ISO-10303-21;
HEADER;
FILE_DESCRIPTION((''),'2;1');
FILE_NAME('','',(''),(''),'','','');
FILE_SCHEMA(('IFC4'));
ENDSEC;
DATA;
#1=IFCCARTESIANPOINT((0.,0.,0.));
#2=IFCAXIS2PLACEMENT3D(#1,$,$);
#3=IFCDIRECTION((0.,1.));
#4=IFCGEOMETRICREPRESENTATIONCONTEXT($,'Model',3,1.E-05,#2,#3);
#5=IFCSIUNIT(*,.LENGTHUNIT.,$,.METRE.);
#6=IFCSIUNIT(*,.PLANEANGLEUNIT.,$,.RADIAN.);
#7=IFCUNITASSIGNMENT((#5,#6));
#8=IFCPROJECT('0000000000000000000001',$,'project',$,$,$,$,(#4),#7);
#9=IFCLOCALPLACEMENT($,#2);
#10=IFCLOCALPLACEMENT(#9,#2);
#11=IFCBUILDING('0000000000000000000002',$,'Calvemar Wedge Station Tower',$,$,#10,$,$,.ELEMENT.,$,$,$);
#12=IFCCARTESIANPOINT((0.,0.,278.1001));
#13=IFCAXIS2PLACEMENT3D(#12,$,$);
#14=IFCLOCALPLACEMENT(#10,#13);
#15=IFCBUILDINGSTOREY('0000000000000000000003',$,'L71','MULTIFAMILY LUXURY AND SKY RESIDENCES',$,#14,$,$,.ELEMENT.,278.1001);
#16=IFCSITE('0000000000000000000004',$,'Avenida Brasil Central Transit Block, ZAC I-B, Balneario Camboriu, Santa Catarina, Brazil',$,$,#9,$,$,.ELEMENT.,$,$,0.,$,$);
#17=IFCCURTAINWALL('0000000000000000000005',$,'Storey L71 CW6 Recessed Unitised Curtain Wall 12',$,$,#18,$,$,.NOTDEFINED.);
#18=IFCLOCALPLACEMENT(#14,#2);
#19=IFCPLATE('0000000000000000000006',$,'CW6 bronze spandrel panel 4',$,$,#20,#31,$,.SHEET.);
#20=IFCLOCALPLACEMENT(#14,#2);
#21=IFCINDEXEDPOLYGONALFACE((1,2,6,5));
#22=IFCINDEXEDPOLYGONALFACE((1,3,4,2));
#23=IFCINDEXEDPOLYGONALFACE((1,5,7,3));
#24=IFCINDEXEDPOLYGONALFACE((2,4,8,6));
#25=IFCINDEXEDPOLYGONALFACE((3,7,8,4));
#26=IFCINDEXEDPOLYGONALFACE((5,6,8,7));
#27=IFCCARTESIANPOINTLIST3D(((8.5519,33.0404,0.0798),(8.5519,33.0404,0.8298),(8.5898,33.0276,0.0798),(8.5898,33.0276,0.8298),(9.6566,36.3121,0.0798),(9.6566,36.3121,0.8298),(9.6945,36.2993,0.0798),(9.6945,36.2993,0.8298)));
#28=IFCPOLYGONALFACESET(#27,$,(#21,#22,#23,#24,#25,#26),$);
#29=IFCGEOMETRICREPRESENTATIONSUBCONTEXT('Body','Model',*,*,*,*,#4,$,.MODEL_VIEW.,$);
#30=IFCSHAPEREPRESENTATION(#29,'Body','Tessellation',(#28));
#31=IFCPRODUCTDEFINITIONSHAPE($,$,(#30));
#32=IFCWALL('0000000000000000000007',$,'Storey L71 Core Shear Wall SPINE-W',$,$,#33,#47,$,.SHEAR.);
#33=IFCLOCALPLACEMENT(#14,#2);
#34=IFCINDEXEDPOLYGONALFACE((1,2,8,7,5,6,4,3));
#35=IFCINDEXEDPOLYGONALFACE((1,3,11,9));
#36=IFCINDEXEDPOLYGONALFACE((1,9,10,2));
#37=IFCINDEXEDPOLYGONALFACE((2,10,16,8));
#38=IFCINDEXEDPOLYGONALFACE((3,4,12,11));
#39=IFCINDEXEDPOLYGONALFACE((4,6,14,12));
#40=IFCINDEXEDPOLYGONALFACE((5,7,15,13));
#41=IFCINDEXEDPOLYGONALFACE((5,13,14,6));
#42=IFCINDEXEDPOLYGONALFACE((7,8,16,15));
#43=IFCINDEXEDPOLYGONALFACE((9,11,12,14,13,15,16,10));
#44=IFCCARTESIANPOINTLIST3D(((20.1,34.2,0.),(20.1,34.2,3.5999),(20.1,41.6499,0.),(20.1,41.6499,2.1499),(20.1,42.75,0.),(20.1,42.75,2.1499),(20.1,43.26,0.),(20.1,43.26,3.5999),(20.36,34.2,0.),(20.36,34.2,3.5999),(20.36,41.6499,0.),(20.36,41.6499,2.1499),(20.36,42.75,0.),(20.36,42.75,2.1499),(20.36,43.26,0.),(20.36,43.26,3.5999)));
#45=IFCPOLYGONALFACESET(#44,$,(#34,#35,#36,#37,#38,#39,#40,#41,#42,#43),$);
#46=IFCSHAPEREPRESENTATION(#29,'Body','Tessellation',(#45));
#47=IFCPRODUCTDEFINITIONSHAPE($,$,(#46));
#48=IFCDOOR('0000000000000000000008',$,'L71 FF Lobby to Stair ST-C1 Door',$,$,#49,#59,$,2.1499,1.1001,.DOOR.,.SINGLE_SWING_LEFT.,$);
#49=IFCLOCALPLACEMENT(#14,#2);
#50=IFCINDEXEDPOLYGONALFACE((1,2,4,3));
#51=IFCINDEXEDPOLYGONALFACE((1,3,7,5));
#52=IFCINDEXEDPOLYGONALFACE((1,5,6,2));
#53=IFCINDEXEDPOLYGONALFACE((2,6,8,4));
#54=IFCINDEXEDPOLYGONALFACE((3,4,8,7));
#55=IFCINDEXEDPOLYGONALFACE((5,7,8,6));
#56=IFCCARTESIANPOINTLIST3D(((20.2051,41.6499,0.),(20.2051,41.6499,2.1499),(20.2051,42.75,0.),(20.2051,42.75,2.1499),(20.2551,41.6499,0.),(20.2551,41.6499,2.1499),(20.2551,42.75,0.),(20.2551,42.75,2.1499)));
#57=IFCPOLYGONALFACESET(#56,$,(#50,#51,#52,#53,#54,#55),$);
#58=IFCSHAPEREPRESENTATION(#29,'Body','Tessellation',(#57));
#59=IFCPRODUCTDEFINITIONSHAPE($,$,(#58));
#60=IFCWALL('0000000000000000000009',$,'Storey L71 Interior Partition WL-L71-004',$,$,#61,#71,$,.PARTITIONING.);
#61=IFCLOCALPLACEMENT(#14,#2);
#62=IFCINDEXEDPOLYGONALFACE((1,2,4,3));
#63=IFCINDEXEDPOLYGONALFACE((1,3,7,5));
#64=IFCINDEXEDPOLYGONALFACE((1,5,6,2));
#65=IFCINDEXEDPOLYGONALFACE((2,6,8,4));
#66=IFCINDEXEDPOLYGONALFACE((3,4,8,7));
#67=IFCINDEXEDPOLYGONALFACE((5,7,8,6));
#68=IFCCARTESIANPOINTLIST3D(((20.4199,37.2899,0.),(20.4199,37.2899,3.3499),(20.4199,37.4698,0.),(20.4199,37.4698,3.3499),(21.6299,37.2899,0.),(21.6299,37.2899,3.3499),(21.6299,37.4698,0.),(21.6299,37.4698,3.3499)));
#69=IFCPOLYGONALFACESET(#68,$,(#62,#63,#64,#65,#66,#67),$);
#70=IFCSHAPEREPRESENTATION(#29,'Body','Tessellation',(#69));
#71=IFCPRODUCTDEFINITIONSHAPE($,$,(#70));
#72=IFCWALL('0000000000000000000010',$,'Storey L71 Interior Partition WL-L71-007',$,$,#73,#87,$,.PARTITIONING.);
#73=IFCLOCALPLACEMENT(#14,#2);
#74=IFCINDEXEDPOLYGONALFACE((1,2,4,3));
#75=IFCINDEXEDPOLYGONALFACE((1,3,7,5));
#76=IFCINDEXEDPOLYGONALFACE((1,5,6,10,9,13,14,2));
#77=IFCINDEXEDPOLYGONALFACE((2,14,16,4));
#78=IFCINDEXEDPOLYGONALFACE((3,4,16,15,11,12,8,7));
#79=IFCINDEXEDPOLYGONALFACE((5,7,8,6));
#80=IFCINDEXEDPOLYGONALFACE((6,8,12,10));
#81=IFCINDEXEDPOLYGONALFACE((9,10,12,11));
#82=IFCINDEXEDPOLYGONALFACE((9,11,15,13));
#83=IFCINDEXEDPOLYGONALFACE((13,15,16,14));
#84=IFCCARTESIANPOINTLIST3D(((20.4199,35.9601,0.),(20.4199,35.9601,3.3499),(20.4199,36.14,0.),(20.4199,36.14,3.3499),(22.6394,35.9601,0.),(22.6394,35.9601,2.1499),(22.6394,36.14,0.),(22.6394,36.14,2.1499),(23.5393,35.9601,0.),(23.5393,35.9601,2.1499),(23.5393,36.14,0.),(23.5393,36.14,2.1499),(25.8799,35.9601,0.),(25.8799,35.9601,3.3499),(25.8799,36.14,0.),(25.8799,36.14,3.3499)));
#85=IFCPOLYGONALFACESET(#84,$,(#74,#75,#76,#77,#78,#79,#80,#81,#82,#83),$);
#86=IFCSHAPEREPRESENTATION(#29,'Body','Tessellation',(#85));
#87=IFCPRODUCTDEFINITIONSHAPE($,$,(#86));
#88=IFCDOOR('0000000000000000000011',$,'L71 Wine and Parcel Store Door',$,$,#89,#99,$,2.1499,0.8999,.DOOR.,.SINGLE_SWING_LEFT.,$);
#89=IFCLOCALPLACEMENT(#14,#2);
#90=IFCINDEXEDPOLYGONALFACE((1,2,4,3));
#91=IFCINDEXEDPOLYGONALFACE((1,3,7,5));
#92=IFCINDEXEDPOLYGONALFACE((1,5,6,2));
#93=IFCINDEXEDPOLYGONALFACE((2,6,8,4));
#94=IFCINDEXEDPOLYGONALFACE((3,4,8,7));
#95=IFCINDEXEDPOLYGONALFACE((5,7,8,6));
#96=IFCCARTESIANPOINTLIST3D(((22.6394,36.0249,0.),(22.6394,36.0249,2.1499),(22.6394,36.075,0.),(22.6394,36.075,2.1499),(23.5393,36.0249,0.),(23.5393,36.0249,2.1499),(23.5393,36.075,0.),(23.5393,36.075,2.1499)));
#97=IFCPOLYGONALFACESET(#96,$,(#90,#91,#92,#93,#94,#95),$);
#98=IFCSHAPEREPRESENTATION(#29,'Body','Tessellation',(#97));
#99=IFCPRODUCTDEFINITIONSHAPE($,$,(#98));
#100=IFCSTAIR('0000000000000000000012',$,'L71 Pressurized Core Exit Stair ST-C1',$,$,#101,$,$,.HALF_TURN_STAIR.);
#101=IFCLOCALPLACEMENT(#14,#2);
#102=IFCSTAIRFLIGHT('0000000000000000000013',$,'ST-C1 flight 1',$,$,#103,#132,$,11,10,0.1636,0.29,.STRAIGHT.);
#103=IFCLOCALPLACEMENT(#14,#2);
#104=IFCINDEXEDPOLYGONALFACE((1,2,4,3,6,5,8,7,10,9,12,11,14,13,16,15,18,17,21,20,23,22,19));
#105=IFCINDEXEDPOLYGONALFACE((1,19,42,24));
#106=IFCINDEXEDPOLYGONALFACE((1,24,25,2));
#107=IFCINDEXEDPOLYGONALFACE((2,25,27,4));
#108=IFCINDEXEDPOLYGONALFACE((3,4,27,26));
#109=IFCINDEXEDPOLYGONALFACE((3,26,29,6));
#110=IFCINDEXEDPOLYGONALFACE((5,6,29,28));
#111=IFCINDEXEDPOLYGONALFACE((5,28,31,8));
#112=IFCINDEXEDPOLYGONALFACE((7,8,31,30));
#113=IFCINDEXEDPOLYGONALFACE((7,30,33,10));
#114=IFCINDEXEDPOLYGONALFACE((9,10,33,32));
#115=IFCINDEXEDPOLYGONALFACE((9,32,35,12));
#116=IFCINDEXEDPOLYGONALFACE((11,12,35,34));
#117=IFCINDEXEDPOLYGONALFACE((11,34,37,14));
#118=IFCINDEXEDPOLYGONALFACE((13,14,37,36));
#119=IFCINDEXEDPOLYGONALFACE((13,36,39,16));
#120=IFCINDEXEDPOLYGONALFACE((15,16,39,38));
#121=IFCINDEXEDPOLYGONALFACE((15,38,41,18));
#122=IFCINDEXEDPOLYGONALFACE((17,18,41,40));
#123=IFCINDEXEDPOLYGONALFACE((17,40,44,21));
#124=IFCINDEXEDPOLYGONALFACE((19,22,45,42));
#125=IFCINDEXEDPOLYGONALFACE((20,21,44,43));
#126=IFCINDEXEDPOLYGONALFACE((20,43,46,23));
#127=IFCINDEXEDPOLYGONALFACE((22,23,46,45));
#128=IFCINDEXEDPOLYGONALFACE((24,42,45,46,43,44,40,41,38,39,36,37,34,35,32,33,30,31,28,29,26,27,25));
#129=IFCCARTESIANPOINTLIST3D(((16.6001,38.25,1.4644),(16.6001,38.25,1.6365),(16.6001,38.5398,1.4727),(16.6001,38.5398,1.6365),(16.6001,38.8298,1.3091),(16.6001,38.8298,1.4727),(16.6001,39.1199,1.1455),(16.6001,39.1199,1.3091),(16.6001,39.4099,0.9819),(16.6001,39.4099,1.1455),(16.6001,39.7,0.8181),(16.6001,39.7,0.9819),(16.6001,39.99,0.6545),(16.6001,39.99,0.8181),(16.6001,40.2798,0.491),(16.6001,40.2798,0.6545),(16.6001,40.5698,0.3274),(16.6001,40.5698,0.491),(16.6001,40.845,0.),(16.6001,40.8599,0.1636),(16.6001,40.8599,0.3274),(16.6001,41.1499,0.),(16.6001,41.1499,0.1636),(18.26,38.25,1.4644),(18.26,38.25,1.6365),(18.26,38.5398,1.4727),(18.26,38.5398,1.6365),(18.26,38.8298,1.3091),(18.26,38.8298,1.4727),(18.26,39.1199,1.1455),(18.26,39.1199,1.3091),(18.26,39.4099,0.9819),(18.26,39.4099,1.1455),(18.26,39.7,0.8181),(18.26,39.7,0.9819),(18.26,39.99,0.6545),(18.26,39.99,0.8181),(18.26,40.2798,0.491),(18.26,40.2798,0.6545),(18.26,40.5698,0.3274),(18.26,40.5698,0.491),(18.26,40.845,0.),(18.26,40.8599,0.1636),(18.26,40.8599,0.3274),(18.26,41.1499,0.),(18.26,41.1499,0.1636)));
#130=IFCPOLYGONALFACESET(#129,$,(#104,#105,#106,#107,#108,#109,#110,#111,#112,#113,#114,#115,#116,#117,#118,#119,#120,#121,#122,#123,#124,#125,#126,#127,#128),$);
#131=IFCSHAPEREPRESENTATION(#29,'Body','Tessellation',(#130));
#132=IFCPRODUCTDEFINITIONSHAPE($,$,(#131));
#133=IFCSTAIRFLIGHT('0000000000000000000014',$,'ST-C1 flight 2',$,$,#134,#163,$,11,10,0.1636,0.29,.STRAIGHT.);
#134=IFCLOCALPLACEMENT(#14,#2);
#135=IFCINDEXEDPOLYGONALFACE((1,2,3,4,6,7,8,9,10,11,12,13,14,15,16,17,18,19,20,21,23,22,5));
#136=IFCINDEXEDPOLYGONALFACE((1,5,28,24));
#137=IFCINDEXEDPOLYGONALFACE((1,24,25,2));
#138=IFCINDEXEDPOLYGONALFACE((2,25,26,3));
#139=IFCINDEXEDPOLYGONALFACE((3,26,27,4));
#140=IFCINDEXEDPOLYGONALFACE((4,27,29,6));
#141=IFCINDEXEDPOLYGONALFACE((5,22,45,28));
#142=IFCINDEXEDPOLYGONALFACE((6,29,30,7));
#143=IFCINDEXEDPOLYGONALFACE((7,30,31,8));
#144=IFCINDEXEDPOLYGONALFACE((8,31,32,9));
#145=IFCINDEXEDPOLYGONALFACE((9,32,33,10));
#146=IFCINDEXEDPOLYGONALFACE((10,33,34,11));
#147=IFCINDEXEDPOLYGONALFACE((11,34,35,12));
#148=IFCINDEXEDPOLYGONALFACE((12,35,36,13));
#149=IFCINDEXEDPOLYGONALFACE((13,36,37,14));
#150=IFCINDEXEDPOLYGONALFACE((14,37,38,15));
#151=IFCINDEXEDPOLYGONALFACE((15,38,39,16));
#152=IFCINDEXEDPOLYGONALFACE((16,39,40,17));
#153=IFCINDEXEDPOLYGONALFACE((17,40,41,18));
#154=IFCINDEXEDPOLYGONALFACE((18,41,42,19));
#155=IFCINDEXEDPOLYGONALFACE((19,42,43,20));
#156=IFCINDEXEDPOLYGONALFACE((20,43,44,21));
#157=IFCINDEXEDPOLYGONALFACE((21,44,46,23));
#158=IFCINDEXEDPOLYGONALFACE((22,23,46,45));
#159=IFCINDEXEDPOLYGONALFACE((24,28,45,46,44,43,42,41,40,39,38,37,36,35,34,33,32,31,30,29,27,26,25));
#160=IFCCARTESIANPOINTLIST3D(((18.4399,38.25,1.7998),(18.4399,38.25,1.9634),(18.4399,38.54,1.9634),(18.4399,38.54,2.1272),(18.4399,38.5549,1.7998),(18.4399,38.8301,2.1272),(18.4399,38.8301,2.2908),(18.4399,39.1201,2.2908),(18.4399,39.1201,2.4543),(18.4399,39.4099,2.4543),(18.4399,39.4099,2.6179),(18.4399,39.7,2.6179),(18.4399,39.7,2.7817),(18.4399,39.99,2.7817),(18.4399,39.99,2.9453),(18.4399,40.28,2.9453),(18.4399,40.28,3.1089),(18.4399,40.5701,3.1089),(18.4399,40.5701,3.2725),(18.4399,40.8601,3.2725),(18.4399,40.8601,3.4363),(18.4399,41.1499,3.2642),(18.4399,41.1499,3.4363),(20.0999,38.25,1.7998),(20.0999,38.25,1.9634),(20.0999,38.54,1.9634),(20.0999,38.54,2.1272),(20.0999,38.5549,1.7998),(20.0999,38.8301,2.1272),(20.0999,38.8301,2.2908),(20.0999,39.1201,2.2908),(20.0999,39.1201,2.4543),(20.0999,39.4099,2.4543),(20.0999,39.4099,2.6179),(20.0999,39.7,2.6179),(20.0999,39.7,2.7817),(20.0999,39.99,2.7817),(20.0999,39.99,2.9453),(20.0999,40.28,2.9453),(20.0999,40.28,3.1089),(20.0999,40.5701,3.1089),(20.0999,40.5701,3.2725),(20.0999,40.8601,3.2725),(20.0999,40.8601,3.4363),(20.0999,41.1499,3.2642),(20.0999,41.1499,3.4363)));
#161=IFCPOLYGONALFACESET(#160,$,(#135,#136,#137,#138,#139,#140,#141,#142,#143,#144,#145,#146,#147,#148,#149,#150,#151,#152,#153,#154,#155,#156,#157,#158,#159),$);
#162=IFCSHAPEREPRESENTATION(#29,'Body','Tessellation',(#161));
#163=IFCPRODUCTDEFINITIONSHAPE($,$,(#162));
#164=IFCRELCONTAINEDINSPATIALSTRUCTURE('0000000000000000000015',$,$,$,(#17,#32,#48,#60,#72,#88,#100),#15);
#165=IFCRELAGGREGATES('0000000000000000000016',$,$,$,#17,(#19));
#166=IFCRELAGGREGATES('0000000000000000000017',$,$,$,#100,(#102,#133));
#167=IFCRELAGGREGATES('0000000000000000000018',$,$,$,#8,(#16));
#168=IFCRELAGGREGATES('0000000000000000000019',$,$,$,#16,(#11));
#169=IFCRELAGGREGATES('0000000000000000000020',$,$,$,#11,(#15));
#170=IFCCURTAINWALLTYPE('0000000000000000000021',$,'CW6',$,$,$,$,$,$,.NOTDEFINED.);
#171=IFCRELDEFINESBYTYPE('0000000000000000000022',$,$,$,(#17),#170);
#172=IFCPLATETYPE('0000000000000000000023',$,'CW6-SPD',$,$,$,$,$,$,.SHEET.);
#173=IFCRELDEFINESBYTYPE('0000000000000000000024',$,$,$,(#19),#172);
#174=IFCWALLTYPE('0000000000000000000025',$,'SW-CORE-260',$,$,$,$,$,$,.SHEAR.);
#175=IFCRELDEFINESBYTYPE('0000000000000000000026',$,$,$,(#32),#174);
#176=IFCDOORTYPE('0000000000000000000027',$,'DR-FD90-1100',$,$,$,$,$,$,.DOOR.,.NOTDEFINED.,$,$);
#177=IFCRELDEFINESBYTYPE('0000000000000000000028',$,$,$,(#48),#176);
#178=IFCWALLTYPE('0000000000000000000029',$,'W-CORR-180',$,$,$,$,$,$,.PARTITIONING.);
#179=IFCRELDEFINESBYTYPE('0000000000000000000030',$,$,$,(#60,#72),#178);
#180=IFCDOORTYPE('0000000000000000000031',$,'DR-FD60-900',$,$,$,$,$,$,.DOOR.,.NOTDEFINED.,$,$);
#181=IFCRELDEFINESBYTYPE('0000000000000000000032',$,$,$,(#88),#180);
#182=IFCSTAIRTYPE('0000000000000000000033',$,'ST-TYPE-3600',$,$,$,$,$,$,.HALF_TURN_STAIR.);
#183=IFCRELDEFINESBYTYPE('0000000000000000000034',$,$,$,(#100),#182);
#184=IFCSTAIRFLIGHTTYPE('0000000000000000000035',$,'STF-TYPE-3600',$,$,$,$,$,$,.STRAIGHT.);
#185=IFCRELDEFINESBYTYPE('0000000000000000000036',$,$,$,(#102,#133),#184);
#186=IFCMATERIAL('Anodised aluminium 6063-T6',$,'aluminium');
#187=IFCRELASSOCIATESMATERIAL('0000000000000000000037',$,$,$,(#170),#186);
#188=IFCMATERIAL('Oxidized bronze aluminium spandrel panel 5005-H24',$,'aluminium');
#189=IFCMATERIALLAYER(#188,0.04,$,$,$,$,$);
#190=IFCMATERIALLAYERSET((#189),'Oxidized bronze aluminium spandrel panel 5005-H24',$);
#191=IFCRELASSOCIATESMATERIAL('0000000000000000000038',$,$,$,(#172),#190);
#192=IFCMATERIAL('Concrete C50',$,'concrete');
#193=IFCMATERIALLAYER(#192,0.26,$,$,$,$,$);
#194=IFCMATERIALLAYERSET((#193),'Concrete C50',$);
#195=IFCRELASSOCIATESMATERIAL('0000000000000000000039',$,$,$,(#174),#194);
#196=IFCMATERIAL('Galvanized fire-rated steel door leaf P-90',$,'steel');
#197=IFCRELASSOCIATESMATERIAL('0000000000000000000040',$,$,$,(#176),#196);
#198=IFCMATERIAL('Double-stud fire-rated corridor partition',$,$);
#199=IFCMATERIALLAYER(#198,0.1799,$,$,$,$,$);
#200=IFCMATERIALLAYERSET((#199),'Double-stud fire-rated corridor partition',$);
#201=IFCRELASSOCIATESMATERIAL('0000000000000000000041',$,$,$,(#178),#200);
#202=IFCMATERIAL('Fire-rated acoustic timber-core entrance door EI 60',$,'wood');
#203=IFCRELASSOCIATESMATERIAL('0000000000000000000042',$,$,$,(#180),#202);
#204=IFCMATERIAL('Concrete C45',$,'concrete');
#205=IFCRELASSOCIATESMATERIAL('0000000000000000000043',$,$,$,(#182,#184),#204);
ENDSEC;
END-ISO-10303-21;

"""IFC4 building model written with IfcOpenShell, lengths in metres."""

from ifc_helpers import new_model, si_unit, direction, frame, frame_2d, origin, place, context, subcontext, project, spatial, polyline, rectangle, outline, extrude, source, transform, mapped, material, layer, layer_set, type_object, element, fill, aggregate, save


model = new_model("IFC4")

# Units and contexts
model_context = context("Model", 3, precision=1e-05, world=origin(), true_north=direction((0.0, 1.0)))
body_context = subcontext(model_context, "Body", "Model", "MODEL_VIEW")
ifc_project = project(units=[si_unit("LENGTHUNIT", "METRE"), si_unit("PLANEANGLEUNIT", "RADIAN")], contexts=[model_context])

# Site, building, storey
site_placement = place(None, origin())
site = spatial("IfcSite", under=ifc_project, at=site_placement, Name="Avenida Brasil Central Transit Block, ZAC I-B, Balneario Camboriu, Santa Catarina, Brazil", CompositionType="ELEMENT", RefElevation=0.0)
building_placement = place(site_placement, origin())
building = spatial("IfcBuilding", under=site, at=building_placement, Name="Calvemar Wedge Station Tower", CompositionType="ELEMENT")
storey_placement = place(building_placement, frame((0.0, 0.0, 278.1001)))
storey = spatial("IfcBuildingStorey", under=building, at=storey_placement, Name="L71", Description="MULTIFAMILY LUXURY AND SKY RESIDENCES", CompositionType="ELEMENT", Elevation=278.1001)

# Shared definitions
ifc_material_1 = material(Name="Concrete C50", Category="concrete")

# Curtain wall, plate
ifc_material_2 = material(Name="Anodised aluminium 6063-T6", Category="aluminium")
curtain_wall_type = type_object("IfcCurtainWallType", Name="CW6", PredefinedType="NOTDEFINED", material=ifc_material_2)
curtain_wall_placement = place(storey_placement, origin())
curtain_wall = element("IfcCurtainWall", 1, at=curtain_wall_placement, inside=storey, type_object=curtain_wall_type, Name="Storey L71 CW6 Recessed Unitised Curtain Wall 12", PredefinedType="NOTDEFINED")
ifc_material_3 = material(Name="Oxidized bronze aluminium spandrel panel 5005-H24", Category="aluminium")
ifc_layer_1 = layer(ifc_material_3, 0.04)
ifc_layer_set_1 = layer_set([ifc_layer_1], Name="Oxidized bronze aluminium spandrel panel 5005-H24")
plate_type_1 = type_object("IfcPlateType", Name="CW6-SPD", PredefinedType="SHEET", material=ifc_layer_set_1)
plate_1_placement = place(storey_placement, frame((9.6755, 36.3057, 0.0798), z_axis=(0.0, 0.0, 1.0), x_axis=(-0.319916, -0.947446, 0.0)))
plate_1 = element("IfcPlate", 2, at=plate_1_placement, type_object=plate_type_1, Name="CW6 bronze spandrel panel 4", PredefinedType="SHEET", context=body_context, shape_type="SweptSolid", body=[
    extrude(rectangle(XDim=3.4531, YDim=0.04, at=frame_2d((1.7266, 0.0))), origin(), (0.0, 0.0, 1.0), 0.75),
])
aggregate(curtain_wall, [plate_1])

# Wall, opening, door
ifc_layer_2 = layer(ifc_material_1, 0.26)
ifc_layer_set_2 = layer_set([ifc_layer_2], Name="Concrete C50")
wall_type_1 = type_object("IfcWallType", Name="SW-CORE-260", PredefinedType="SHEAR", material=ifc_layer_set_2)
wall_1_placement = place(storey_placement, frame((20.23, 34.2, 0.0), z_axis=(0.0, 0.0, 1.0), x_axis=(0.0, 1.0, 0.0)))
wall_1 = element("IfcWall", 3, at=wall_1_placement, inside=storey, type_object=wall_type_1, Name="Storey L71 Core Shear Wall SPINE-W", PredefinedType="SHEAR", context=body_context, shape_type="SweptSolid", body=[
    extrude(rectangle(XDim=9.0601, YDim=0.26, at=frame_2d((4.53, 0.0))), origin(), (0.0, 0.0, 1.0), 3.5999),
])
shared_shape_1 = source(origin(), body_context, "Body", "SweptSolid", [
    extrude(rectangle(XDim=1.1001, YDim=2.1499, at=frame_2d((0.55, 1.075))), frame((0.0, 0.1401, 0.0), z_axis=(0.0, -1.0, 0.0), x_axis=(1.0, 0.0, 0.0)), (0.0, 0.0, 1.0), 0.28),
])
opening_1_placement = place(wall_1_placement, frame((7.45, 0.0, 0.0)))
opening_1 = element("IfcOpeningElement", 4, at=opening_1_placement, cuts=wall_1, PredefinedType="OPENING", context=body_context, shape_type="MappedRepresentation", body=[
    mapped(shared_shape_1, transform((0.0, 0.0, 0.0), scale=1.0)),
])
ifc_material_4 = material(Name="Galvanized fire-rated steel door leaf P-90", Category="steel")
door_type_1 = type_object("IfcDoorType", Name="DR-FD90-1100", OperationType="NOTDEFINED", PredefinedType="DOOR", material=ifc_material_4)
shared_shape_2 = source(origin(), body_context, "Body", "SweptSolid", [
    extrude(rectangle(XDim=1.1001, YDim=2.1499, at=frame_2d((0.55, 1.075))), frame((0.0, 0.0249, 0.0), z_axis=(0.0, -1.0, 0.0), x_axis=(1.0, 0.0, 0.0)), (0.0, 0.0, 1.0), 0.05),
])
door_1_placement = place(opening_1_placement, origin())
door_1 = element("IfcDoor", 5, at=door_1_placement, inside=storey, type_object=door_type_1, Name="L71 FF Lobby to Stair ST-C1 Door", OperationType="SINGLE_SWING_LEFT", OverallHeight=2.1499, OverallWidth=1.1001, PredefinedType="DOOR", context=body_context, shape_type="MappedRepresentation", body=[
    mapped(shared_shape_2, transform((0.0, 0.0, 0.0), scale=1.0)),
])
fill(opening_1, door_1)

# Wall
ifc_material_5 = material(Name="Double-stud fire-rated corridor partition")
ifc_layer_3 = layer(ifc_material_5, 0.1799)
ifc_layer_set_3 = layer_set([ifc_layer_3], Name="Double-stud fire-rated corridor partition")
wall_type_2 = type_object("IfcWallType", Name="W-CORR-180", PredefinedType="PARTITIONING", material=ifc_layer_set_3)
wall_2_placement = place(storey_placement, frame((21.6299, 37.3799, 0.0), z_axis=(0.0, 0.0, 1.0), x_axis=(-1.0, 0.0, 0.0)))
element("IfcWall", 6, at=wall_2_placement, inside=storey, type_object=wall_type_2, Name="Storey L71 Interior Partition WL-L71-004", PredefinedType="PARTITIONING", context=body_context, shape_type="SweptSolid", body=[
    extrude(rectangle(XDim=1.21, YDim=0.1799, at=frame_2d((0.605, 0.0))), origin(), (0.0, 0.0, 1.0), 3.3499),
])

# Wall, opening, door
wall_3_placement = place(storey_placement, frame((20.4199, 36.05, 0.0), z_axis=(0.0, 0.0, 1.0), x_axis=(1.0, 0.0, 0.0)))
wall_3 = element("IfcWall", 7, at=wall_3_placement, inside=storey, type_object=wall_type_2, Name="Storey L71 Interior Partition WL-L71-007", PredefinedType="PARTITIONING", context=body_context, shape_type="SweptSolid", body=[
    extrude(rectangle(XDim=5.46, YDim=0.1799, at=frame_2d((2.73, 0.0))), origin(), (0.0, 0.0, 1.0), 3.3499),
])
shared_shape_3 = source(origin(), body_context, "Body", "SweptSolid", [
    extrude(rectangle(XDim=0.8999, YDim=2.1499, at=frame_2d((0.45, 1.075))), frame((0.0, 0.1001, 0.0), z_axis=(0.0, -1.0, 0.0), x_axis=(1.0, 0.0, 0.0)), (0.0, 0.0, 1.0), 0.2),
])
opening_2_placement = place(wall_3_placement, frame((2.2195, 0.0, 0.0)))
opening_2 = element("IfcOpeningElement", 8, at=opening_2_placement, cuts=wall_3, PredefinedType="OPENING", context=body_context, shape_type="MappedRepresentation", body=[
    mapped(shared_shape_3, transform((0.0, 0.0, 0.0), scale=1.0)),
])
ifc_material_6 = material(Name="Fire-rated acoustic timber-core entrance door EI 60", Category="wood")
door_type_2 = type_object("IfcDoorType", Name="DR-FD60-900", OperationType="NOTDEFINED", PredefinedType="DOOR", material=ifc_material_6)
shared_shape_4 = source(origin(), body_context, "Body", "SweptSolid", [
    extrude(rectangle(XDim=0.8999, YDim=2.1499, at=frame_2d((0.45, 1.075))), frame((0.0, 0.0249, 0.0), z_axis=(0.0, -1.0, 0.0), x_axis=(1.0, 0.0, 0.0)), (0.0, 0.0, 1.0), 0.05),
])
door_2_placement = place(opening_2_placement, origin())
door_2 = element("IfcDoor", 9, at=door_2_placement, inside=storey, type_object=door_type_2, Name="L71 Wine and Parcel Store Door", OperationType="SINGLE_SWING_LEFT", OverallHeight=2.1499, OverallWidth=0.8999, PredefinedType="DOOR", context=body_context, shape_type="MappedRepresentation", body=[
    mapped(shared_shape_4, transform((0.0, 0.0, 0.0), scale=1.0)),
])
fill(opening_2, door_2)

# Stair, stair flights
ifc_material_7 = material(Name="Concrete C45", Category="concrete")
stair_type = type_object("IfcStairType", Name="ST-TYPE-3600", PredefinedType="HALF_TURN_STAIR", material=ifc_material_7)
stair_placement = place(storey_placement, origin())
stair = element("IfcStair", 10, at=stair_placement, inside=storey, type_object=stair_type, Name="L71 Pressurized Core Exit Stair ST-C1", PredefinedType="HALF_TURN_STAIR")
stair_flight_type = type_object("IfcStairFlightType", Name="STF-TYPE-3600", PredefinedType="STRAIGHT", material=ifc_material_7)
stair_flight_1_placement = place(storey_placement, frame((17.4299, 41.1499, 0.0), z_axis=(0.0, 0.0, 1.0), x_axis=(0.0, -1.0, 0.0)))
stair_flight_1 = element("IfcStairFlight", 11, at=stair_flight_1_placement, type_object=stair_flight_type, Name="ST-C1 flight 1", NumberOfRisers=11, NumberOfTreads=10, PredefinedType="STRAIGHT", RiserHeight=0.1636, TreadLength=0.29, context=body_context, shape_type="SweptSolid", body=[
    extrude(outline(polyline([(0.0, 0.0), (0.0, 0.1636), (0.29, 0.1636), (0.29, 0.3274), (0.5801, 0.3274), (0.5801, 0.491), (0.8701, 0.491), (0.8701, 0.6545), (1.1599, 0.6545), (1.1599, 0.8181), (1.45, 0.8181), (1.45, 0.9819), (1.74, 0.9819), (1.74, 1.1455), (2.03, 1.1455), (2.03, 1.3091), (2.3201, 1.3091), (2.3201, 1.4727), (2.6101, 1.4727), (2.6101, 1.6365), (2.8999, 1.6365), (2.8999, 1.8), (2.8999, 1.4644), (0.3049, 0.0), (0.0, 0.0)])), frame((0.0, 0.8301, 0.0), z_axis=(0.0, -1.0, 0.0), x_axis=(1.0, 0.0, 0.0)), (0.0, 0.0, 1.0), 1.6599),
])
stair_flight_2_placement = place(storey_placement, frame((19.27, 38.25, 1.7998), z_axis=(0.0, 0.0, 1.0), x_axis=(0.0, 1.0, 0.0)))
stair_flight_2 = element("IfcStairFlight", 12, at=stair_flight_2_placement, type_object=stair_flight_type, Name="ST-C1 flight 2", NumberOfRisers=11, NumberOfTreads=10, PredefinedType="STRAIGHT", RiserHeight=0.1636, TreadLength=0.29, context=body_context, shape_type="SweptSolid", body=[
    extrude(outline(polyline([(0.0, 0.0), (0.0, 0.1636), (0.29, 0.1636), (0.29, 0.3274), (0.5801, 0.3274), (0.5801, 0.491), (0.8701, 0.491), (0.8701, 0.6545), (1.1599, 0.6545), (1.1599, 0.8181), (1.45, 0.8181), (1.45, 0.9819), (1.74, 0.9819), (1.74, 1.1455), (2.03, 1.1455), (2.03, 1.3091), (2.3201, 1.3091), (2.3201, 1.4727), (2.6101, 1.4727), (2.6101, 1.6365), (2.8999, 1.6365), (2.8999, 1.8), (2.8999, 1.4644), (0.3049, 0.0), (0.0, 0.0)])), frame((0.0, 0.8301, 0.0), z_axis=(0.0, -1.0, 0.0), x_axis=(1.0, 0.0, 0.0)), (0.0, 0.0, 1.0), 1.6599),
])
aggregate(stair, [stair_flight_1, stair_flight_2])

save(model, "model.ifc")
